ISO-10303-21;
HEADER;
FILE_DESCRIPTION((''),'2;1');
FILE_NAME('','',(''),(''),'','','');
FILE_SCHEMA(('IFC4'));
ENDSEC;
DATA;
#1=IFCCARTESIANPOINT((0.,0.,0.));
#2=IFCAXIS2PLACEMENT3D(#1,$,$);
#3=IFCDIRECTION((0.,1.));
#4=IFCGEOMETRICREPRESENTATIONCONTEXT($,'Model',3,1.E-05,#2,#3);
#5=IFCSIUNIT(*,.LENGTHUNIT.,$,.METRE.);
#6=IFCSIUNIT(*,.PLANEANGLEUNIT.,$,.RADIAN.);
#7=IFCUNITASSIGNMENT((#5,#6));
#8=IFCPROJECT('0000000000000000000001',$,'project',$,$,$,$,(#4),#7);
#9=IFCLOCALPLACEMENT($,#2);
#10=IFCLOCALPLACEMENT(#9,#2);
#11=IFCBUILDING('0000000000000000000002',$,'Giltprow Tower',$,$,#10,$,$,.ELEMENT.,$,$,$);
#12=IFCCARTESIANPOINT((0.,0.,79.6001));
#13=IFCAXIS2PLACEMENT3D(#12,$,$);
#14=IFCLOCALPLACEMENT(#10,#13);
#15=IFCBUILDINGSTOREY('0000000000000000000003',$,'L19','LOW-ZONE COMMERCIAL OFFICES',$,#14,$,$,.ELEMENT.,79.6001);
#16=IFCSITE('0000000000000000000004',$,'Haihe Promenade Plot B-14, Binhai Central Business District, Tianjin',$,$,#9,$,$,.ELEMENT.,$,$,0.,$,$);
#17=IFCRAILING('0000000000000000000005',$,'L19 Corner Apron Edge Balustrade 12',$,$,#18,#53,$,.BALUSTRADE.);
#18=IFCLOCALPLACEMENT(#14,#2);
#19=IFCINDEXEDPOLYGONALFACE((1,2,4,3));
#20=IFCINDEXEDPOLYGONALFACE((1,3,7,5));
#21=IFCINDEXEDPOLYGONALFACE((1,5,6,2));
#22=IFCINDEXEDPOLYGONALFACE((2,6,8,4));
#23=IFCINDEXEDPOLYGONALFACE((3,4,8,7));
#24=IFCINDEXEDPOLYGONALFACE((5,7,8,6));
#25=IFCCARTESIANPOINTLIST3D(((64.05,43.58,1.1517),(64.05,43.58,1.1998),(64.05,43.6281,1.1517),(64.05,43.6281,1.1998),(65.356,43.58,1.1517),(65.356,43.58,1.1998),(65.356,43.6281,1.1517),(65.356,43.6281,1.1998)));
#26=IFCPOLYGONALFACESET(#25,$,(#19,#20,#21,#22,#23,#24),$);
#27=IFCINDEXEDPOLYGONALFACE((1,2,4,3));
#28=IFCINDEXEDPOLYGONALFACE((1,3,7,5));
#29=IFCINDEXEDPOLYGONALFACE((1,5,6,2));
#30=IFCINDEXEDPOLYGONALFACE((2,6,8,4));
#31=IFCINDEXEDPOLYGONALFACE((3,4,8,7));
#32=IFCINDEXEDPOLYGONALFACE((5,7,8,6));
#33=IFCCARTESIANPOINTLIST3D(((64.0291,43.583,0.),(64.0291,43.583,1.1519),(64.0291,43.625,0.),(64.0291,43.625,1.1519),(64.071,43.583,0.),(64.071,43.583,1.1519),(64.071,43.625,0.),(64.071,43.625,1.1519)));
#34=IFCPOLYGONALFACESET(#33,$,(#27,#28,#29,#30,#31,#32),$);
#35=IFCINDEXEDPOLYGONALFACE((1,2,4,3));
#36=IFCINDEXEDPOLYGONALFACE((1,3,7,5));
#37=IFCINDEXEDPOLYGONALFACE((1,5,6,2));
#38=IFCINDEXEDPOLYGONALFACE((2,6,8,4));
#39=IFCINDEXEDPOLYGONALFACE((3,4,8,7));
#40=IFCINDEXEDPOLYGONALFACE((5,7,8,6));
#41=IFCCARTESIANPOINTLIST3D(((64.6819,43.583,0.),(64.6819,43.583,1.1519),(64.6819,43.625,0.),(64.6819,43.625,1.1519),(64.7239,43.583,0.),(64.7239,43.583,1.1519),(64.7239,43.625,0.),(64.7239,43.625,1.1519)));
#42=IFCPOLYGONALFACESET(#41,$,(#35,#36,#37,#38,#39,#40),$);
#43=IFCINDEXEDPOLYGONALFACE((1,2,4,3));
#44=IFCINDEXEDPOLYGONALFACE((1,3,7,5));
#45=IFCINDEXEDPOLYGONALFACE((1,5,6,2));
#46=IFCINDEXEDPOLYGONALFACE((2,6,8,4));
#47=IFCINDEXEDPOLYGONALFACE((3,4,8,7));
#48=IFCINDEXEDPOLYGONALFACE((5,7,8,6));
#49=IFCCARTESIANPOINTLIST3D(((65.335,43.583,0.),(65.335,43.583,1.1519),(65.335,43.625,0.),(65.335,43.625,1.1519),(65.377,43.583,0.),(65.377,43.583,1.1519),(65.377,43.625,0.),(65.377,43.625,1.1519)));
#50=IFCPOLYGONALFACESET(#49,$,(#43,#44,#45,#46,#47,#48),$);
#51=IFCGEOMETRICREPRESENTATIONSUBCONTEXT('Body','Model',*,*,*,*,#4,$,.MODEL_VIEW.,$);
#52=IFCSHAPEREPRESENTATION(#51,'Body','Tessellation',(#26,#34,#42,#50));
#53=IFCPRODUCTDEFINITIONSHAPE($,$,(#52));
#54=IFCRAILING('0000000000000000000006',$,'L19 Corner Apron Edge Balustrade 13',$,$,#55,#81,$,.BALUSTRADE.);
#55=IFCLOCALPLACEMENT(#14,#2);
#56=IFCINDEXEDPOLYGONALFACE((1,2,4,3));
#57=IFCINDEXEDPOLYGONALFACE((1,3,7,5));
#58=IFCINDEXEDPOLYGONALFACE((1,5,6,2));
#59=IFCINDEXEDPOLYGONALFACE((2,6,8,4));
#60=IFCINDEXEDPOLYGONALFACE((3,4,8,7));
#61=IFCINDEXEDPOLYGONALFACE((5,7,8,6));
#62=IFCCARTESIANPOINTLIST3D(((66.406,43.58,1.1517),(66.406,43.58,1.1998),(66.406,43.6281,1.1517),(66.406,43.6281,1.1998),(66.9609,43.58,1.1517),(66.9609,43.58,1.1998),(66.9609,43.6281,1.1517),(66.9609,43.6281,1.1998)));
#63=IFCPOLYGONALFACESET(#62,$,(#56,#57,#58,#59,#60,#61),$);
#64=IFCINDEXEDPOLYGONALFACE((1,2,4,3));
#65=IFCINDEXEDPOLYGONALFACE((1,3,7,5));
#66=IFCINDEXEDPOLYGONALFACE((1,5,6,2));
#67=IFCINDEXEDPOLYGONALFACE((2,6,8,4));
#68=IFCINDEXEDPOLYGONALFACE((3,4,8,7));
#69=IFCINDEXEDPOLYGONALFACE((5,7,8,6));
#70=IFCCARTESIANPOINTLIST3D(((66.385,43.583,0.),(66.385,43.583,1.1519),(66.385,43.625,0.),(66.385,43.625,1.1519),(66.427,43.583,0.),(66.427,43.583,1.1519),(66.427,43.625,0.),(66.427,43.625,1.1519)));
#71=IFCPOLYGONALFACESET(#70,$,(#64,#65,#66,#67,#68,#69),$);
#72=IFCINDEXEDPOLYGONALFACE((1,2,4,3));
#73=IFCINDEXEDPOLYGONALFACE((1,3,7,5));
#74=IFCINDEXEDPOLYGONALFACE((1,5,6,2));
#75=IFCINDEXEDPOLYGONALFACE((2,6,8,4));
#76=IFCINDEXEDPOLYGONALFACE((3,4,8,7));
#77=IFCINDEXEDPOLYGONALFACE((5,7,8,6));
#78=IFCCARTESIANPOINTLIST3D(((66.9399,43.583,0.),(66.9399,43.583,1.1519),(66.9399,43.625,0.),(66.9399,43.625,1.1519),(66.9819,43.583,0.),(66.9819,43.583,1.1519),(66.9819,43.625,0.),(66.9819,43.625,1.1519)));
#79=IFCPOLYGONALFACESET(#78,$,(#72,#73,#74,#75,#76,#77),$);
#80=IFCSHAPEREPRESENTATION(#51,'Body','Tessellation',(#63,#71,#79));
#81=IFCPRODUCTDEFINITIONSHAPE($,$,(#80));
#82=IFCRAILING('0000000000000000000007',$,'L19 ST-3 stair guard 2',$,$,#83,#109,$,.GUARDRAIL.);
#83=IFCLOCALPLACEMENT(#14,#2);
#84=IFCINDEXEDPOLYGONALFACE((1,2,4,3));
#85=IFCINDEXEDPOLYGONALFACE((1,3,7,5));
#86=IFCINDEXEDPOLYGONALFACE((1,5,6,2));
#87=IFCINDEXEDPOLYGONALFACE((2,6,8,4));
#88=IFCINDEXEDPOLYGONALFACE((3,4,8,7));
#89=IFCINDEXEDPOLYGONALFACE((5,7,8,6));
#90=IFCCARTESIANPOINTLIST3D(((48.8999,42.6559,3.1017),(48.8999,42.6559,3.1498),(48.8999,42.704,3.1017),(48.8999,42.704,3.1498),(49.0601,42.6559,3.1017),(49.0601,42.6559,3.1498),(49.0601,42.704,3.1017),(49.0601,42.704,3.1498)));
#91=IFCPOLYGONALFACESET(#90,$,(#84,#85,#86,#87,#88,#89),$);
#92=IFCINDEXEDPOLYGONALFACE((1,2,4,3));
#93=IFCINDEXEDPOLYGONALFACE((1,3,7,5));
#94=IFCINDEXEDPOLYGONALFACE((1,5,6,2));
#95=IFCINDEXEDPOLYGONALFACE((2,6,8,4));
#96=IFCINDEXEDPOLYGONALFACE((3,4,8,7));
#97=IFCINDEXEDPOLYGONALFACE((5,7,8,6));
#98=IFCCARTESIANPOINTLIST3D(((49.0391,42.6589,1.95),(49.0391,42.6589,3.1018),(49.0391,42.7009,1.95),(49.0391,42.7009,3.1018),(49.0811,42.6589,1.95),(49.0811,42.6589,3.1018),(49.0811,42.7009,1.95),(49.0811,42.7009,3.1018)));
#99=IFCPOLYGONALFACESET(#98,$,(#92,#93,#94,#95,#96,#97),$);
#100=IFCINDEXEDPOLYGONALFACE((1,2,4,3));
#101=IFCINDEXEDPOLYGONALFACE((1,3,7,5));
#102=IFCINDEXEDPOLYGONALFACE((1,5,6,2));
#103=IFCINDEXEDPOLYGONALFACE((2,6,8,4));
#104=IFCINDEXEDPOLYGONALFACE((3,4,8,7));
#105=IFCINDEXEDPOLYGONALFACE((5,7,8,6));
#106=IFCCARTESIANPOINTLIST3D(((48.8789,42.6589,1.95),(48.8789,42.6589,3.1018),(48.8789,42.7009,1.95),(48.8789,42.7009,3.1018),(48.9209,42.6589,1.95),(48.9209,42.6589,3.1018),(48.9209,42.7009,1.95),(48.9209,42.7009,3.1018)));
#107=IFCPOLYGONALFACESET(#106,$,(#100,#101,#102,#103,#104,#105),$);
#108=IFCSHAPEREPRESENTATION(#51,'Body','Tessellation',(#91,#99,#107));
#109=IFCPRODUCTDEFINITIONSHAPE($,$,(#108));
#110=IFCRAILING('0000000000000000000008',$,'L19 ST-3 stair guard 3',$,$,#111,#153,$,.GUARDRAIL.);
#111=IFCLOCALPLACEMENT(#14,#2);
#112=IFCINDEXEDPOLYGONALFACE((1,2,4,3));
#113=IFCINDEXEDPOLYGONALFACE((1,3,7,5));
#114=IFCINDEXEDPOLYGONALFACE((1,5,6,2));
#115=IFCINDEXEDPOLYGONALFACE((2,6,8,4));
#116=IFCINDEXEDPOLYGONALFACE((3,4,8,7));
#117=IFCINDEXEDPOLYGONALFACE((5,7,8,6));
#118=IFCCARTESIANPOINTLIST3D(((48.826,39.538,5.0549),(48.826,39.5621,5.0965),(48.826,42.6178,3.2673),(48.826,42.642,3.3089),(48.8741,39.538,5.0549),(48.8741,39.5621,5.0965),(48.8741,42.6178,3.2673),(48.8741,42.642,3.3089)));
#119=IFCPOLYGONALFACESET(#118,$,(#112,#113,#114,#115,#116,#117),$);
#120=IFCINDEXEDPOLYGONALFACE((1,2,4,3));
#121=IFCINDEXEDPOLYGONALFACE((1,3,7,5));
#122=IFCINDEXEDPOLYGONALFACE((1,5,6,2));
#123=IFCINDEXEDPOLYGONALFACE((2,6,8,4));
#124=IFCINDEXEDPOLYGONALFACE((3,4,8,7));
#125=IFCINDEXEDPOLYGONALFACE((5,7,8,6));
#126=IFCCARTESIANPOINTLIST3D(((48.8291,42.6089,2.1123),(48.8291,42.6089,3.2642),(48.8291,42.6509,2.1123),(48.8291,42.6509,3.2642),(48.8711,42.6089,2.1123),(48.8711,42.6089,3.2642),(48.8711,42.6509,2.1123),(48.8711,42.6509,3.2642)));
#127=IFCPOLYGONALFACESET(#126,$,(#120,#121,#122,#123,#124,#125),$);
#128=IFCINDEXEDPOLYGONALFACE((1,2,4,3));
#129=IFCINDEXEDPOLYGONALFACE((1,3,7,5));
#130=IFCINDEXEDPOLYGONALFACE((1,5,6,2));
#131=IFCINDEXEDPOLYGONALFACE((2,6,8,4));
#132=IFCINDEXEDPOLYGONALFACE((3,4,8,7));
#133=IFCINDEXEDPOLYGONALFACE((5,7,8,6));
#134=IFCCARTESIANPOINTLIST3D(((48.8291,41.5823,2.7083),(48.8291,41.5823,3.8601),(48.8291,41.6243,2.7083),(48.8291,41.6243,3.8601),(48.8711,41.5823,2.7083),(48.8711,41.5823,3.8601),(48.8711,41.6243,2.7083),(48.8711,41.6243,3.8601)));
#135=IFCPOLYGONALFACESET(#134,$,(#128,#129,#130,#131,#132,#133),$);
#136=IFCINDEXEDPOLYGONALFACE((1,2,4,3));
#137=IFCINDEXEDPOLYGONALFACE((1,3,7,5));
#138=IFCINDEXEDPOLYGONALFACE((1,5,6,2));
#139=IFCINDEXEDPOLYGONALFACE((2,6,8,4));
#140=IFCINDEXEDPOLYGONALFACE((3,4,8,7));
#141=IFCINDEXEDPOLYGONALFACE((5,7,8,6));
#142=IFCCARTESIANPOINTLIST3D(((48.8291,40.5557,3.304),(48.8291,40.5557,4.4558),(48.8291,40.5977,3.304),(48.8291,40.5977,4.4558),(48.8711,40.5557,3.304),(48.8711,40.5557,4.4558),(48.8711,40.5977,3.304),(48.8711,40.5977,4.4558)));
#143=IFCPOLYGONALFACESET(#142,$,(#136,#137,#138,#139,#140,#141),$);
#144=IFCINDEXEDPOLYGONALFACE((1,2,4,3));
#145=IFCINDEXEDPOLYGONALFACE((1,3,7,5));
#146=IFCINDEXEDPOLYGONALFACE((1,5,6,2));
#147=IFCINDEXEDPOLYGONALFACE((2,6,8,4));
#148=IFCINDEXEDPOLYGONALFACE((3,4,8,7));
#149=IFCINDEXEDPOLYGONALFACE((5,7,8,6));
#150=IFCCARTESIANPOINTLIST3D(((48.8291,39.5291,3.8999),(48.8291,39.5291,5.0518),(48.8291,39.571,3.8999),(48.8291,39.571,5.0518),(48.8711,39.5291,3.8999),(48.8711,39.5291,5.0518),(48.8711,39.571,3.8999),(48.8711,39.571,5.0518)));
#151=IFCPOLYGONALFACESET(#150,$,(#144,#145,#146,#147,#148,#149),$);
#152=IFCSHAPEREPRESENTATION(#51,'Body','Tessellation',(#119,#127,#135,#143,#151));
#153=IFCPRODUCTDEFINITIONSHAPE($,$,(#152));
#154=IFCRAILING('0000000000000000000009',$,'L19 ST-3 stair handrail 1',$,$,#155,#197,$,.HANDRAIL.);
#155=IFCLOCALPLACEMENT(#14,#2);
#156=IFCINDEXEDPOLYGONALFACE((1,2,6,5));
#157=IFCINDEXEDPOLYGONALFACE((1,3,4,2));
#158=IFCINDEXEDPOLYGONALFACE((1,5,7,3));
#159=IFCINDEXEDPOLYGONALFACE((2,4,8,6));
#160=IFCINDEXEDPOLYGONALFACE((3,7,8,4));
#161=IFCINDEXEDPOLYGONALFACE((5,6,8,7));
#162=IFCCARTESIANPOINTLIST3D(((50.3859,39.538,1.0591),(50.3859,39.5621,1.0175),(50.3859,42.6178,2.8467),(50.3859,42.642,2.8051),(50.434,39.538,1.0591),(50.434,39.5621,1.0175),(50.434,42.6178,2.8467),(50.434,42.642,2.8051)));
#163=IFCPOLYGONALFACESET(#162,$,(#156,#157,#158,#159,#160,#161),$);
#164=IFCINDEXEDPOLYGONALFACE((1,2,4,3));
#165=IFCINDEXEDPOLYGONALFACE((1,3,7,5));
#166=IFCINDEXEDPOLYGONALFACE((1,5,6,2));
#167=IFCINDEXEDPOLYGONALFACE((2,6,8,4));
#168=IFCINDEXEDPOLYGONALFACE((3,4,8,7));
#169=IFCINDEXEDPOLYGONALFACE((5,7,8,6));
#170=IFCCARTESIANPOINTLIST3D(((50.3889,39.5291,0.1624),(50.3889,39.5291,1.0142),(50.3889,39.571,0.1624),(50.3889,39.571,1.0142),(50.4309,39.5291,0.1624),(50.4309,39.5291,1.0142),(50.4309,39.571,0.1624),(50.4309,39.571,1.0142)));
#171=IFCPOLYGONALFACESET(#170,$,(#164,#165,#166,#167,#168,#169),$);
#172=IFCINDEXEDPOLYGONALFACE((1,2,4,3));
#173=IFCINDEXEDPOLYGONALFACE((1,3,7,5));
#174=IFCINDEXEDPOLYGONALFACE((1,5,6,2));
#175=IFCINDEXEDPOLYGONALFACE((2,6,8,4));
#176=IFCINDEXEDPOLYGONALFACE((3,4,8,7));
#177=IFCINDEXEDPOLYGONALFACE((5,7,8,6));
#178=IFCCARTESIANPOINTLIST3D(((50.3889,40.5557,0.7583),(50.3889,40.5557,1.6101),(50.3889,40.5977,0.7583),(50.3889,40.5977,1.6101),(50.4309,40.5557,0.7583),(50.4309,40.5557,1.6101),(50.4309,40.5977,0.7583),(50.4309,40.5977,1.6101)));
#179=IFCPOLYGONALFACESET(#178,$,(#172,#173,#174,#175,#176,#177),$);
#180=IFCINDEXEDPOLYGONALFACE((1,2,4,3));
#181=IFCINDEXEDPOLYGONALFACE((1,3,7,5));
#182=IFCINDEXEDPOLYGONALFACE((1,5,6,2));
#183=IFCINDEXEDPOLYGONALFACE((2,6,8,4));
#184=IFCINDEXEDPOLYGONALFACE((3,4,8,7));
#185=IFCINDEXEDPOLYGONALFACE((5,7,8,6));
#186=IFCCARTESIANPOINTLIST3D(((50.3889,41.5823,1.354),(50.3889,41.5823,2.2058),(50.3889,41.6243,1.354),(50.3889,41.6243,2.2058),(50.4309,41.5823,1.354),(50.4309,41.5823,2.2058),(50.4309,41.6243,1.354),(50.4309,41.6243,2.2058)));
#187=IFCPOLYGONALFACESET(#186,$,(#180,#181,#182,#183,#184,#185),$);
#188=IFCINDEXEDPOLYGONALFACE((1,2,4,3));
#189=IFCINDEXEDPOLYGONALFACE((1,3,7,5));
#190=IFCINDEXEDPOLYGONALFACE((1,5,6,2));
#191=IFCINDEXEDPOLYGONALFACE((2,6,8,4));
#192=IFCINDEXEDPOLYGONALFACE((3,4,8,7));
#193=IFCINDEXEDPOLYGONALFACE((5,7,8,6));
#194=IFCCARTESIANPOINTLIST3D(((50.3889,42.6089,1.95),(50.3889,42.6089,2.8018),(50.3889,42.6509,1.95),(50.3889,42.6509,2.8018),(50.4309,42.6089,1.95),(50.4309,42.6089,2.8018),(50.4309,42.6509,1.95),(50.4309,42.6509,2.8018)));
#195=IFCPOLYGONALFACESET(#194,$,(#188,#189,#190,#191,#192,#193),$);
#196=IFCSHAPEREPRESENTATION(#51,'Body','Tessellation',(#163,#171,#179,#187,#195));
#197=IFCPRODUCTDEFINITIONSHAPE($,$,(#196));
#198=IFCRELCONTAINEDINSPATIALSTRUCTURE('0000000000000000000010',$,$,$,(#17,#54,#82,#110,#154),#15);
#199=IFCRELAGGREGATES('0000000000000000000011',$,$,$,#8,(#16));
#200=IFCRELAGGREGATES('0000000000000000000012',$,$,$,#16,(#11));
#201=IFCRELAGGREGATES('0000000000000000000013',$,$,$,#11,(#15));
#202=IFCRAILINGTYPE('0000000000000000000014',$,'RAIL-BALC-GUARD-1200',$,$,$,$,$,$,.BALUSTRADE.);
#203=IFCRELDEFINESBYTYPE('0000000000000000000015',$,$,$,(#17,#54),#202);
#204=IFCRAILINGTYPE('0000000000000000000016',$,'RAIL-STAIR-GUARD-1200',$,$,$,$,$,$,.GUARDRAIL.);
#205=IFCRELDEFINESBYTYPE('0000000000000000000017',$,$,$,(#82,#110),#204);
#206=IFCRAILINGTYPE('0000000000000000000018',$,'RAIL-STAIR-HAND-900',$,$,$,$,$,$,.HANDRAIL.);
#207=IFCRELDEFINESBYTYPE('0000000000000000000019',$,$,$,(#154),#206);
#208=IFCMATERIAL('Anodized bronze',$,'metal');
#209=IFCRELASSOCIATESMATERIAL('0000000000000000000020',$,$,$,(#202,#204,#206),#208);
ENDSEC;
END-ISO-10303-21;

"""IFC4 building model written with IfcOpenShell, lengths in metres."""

from ifc_helpers import new_model, si_unit, direction, frame, origin, origin_2d, place, context, subcontext, project, spatial, rectangle, extrude, material, type_object, element, save


model = new_model("IFC4")

# Units and contexts
model_context = context("Model", 3, precision=1e-05, world=origin(), true_north=direction((0.0, 1.0)))
body_context = subcontext(model_context, "Body", "Model", "MODEL_VIEW")
ifc_project = project(units=[si_unit("LENGTHUNIT", "METRE"), si_unit("PLANEANGLEUNIT", "RADIAN")], contexts=[model_context])

# Site, building, storey
site_placement = place(None, origin())
site = spatial("IfcSite", under=ifc_project, at=site_placement, Name="Haihe Promenade Plot B-14, Binhai Central Business District, Tianjin", CompositionType="ELEMENT", RefElevation=0.0)
building_placement = place(site_placement, origin())
building = spatial("IfcBuilding", under=site, at=building_placement, Name="Giltprow Tower", CompositionType="ELEMENT")
storey_placement = place(building_placement, frame((0.0, 0.0, 79.6001)))
storey = spatial("IfcBuildingStorey", under=building, at=storey_placement, Name="L19", Description="LOW-ZONE COMMERCIAL OFFICES", CompositionType="ELEMENT", Elevation=79.6001)

# Railings
ifc_material_1 = material(Name="Anodized bronze", Category="metal")
railing_type_1 = type_object("IfcRailingType", Name="RAIL-BALC-GUARD-1200", PredefinedType="BALUSTRADE", material=ifc_material_1)
railing_1_placement = place(storey_placement, frame((64.05, 43.604, 0.0)))
element("IfcRailing", 1, at=railing_1_placement, inside=storey, type_object=railing_type_1, Name="L19 Corner Apron Edge Balustrade 12", PredefinedType="BALUSTRADE", context=body_context, shape_type="SweptSolid", body=[
    extrude(rectangle(XDim=0.0481, YDim=0.0481, at=origin_2d()), frame((0.0, 0.0, 1.1758), z_axis=(1.0, 0.0, 0.0), x_axis=(0.0, 1.0, 0.0)), (0.0, 0.0, 1.0), 1.3059),
    extrude(rectangle(XDim=0.042, YDim=0.042, at=origin_2d()), origin(), (0.0, 0.0, 1.0), 1.1519),
    extrude(rectangle(XDim=0.042, YDim=0.042, at=origin_2d()), frame((0.6528, 0.0, 0.0)), (0.0, 0.0, 1.0), 1.1519),
    extrude(rectangle(XDim=0.042, YDim=0.042, at=origin_2d()), frame((1.3059, 0.0, 0.0)), (0.0, 0.0, 1.0), 1.1519),
])
railing_2_placement = place(storey_placement, frame((66.406, 43.604, 0.0)))
element("IfcRailing", 2, at=railing_2_placement, inside=storey, type_object=railing_type_1, Name="L19 Corner Apron Edge Balustrade 13", PredefinedType="BALUSTRADE", context=body_context, shape_type="SweptSolid", body=[
    extrude(rectangle(XDim=0.0481, YDim=0.0481, at=origin_2d()), frame((0.0, 0.0, 1.1758), z_axis=(1.0, 0.0, 0.0), x_axis=(0.0, 1.0, 0.0)), (0.0, 0.0, 1.0), 0.5549),
    extrude(rectangle(XDim=0.042, YDim=0.042, at=origin_2d()), origin(), (0.0, 0.0, 1.0), 1.1519),
    extrude(rectangle(XDim=0.042, YDim=0.042, at=origin_2d()), frame((0.5549, 0.0, 0.0)), (0.0, 0.0, 1.0), 1.1519),
])
railing_type_2 = type_object("IfcRailingType", Name="RAIL-STAIR-GUARD-1200", PredefinedType="GUARDRAIL", material=ifc_material_1)
railing_3_placement = place(storey_placement, frame((49.0601, 42.6799, 1.95)))
element("IfcRailing", 3, at=railing_3_placement, inside=storey, type_object=railing_type_2, Name="L19 ST-3 stair guard 2", PredefinedType="GUARDRAIL", context=body_context, shape_type="SweptSolid", body=[
    extrude(rectangle(XDim=0.0481, YDim=0.0481, at=origin_2d()), frame((0.0, 0.0, 1.1758), z_axis=(-1.0, 0.0, 0.0), x_axis=(0.0, -1.0, 0.0)), (0.0, 0.0, 1.0), 0.1602),
    extrude(rectangle(XDim=0.042, YDim=0.042, at=origin_2d()), origin(), (0.0, 0.0, 1.0), 1.1519),
    extrude(rectangle(XDim=0.042, YDim=0.042, at=origin_2d()), frame((-0.1602, 0.0, 0.0)), (0.0, 0.0, 1.0), 1.1519),
])
railing_4_placement = place(storey_placement, frame((48.8501, 42.6299, 2.1123)))
element("IfcRailing", 4, at=railing_4_placement, inside=storey, type_object=railing_type_2, Name="L19 ST-3 stair guard 3", PredefinedType="GUARDRAIL", context=body_context, shape_type="SweptSolid", body=[
    extrude(rectangle(XDim=0.0481, YDim=0.0481, at=origin_2d()), frame((0.0, 0.0, 1.1758), z_axis=(0.0, -0.864873, 0.50199), x_axis=(1.0, 0.0, 0.0)), (0.0, 0.0, 1.0), 3.561),
    extrude(rectangle(XDim=0.042, YDim=0.042, at=origin_2d()), origin(), (0.0, 0.0, 1.0), 1.1519),
    extrude(rectangle(XDim=0.042, YDim=0.042, at=origin_2d()), frame((0.0, -1.0266, 0.5959)), (0.0, 0.0, 1.0), 1.1519),
    extrude(rectangle(XDim=0.042, YDim=0.042, at=origin_2d()), frame((0.0, -2.0532, 1.1917)), (0.0, 0.0, 1.0), 1.1519),
    extrude(rectangle(XDim=0.042, YDim=0.042, at=origin_2d()), frame((0.0, -3.0798, 1.7876)), (0.0, 0.0, 1.0), 1.1519),
])
railing_type_3 = type_object("IfcRailingType", Name="RAIL-STAIR-HAND-900", PredefinedType="HANDRAIL", material=ifc_material_1)
railing_5_placement = place(storey_placement, frame((50.4099, 39.55, 0.1624)))
element("IfcRailing", 5, at=railing_5_placement, inside=storey, type_object=railing_type_3, Name="L19 ST-3 stair handrail 1", PredefinedType="HANDRAIL", context=body_context, shape_type="SweptSolid", body=[
    extrude(rectangle(XDim=0.0481, YDim=0.0481, at=origin_2d()), frame((0.0, 0.0, 0.876), z_axis=(0.0, 0.864873, 0.50199), x_axis=(-1.0, 0.0, 0.0)), (0.0, 0.0, 1.0), 3.561),
    extrude(rectangle(XDim=0.042, YDim=0.042, at=origin_2d()), origin(), (0.0, 0.0, 1.0), 0.8518),
    extrude(rectangle(XDim=0.042, YDim=0.042, at=origin_2d()), frame((0.0, 1.0266, 0.5959)), (0.0, 0.0, 1.0), 0.8518),
    extrude(rectangle(XDim=0.042, YDim=0.042, at=origin_2d()), frame((0.0, 2.0532, 1.1917)), (0.0, 0.0, 1.0), 0.8518),
    extrude(rectangle(XDim=0.042, YDim=0.042, at=origin_2d()), frame((0.0, 3.0798, 1.7876)), (0.0, 0.0, 1.0), 0.8518),
])

save(model, "model.ifc")
